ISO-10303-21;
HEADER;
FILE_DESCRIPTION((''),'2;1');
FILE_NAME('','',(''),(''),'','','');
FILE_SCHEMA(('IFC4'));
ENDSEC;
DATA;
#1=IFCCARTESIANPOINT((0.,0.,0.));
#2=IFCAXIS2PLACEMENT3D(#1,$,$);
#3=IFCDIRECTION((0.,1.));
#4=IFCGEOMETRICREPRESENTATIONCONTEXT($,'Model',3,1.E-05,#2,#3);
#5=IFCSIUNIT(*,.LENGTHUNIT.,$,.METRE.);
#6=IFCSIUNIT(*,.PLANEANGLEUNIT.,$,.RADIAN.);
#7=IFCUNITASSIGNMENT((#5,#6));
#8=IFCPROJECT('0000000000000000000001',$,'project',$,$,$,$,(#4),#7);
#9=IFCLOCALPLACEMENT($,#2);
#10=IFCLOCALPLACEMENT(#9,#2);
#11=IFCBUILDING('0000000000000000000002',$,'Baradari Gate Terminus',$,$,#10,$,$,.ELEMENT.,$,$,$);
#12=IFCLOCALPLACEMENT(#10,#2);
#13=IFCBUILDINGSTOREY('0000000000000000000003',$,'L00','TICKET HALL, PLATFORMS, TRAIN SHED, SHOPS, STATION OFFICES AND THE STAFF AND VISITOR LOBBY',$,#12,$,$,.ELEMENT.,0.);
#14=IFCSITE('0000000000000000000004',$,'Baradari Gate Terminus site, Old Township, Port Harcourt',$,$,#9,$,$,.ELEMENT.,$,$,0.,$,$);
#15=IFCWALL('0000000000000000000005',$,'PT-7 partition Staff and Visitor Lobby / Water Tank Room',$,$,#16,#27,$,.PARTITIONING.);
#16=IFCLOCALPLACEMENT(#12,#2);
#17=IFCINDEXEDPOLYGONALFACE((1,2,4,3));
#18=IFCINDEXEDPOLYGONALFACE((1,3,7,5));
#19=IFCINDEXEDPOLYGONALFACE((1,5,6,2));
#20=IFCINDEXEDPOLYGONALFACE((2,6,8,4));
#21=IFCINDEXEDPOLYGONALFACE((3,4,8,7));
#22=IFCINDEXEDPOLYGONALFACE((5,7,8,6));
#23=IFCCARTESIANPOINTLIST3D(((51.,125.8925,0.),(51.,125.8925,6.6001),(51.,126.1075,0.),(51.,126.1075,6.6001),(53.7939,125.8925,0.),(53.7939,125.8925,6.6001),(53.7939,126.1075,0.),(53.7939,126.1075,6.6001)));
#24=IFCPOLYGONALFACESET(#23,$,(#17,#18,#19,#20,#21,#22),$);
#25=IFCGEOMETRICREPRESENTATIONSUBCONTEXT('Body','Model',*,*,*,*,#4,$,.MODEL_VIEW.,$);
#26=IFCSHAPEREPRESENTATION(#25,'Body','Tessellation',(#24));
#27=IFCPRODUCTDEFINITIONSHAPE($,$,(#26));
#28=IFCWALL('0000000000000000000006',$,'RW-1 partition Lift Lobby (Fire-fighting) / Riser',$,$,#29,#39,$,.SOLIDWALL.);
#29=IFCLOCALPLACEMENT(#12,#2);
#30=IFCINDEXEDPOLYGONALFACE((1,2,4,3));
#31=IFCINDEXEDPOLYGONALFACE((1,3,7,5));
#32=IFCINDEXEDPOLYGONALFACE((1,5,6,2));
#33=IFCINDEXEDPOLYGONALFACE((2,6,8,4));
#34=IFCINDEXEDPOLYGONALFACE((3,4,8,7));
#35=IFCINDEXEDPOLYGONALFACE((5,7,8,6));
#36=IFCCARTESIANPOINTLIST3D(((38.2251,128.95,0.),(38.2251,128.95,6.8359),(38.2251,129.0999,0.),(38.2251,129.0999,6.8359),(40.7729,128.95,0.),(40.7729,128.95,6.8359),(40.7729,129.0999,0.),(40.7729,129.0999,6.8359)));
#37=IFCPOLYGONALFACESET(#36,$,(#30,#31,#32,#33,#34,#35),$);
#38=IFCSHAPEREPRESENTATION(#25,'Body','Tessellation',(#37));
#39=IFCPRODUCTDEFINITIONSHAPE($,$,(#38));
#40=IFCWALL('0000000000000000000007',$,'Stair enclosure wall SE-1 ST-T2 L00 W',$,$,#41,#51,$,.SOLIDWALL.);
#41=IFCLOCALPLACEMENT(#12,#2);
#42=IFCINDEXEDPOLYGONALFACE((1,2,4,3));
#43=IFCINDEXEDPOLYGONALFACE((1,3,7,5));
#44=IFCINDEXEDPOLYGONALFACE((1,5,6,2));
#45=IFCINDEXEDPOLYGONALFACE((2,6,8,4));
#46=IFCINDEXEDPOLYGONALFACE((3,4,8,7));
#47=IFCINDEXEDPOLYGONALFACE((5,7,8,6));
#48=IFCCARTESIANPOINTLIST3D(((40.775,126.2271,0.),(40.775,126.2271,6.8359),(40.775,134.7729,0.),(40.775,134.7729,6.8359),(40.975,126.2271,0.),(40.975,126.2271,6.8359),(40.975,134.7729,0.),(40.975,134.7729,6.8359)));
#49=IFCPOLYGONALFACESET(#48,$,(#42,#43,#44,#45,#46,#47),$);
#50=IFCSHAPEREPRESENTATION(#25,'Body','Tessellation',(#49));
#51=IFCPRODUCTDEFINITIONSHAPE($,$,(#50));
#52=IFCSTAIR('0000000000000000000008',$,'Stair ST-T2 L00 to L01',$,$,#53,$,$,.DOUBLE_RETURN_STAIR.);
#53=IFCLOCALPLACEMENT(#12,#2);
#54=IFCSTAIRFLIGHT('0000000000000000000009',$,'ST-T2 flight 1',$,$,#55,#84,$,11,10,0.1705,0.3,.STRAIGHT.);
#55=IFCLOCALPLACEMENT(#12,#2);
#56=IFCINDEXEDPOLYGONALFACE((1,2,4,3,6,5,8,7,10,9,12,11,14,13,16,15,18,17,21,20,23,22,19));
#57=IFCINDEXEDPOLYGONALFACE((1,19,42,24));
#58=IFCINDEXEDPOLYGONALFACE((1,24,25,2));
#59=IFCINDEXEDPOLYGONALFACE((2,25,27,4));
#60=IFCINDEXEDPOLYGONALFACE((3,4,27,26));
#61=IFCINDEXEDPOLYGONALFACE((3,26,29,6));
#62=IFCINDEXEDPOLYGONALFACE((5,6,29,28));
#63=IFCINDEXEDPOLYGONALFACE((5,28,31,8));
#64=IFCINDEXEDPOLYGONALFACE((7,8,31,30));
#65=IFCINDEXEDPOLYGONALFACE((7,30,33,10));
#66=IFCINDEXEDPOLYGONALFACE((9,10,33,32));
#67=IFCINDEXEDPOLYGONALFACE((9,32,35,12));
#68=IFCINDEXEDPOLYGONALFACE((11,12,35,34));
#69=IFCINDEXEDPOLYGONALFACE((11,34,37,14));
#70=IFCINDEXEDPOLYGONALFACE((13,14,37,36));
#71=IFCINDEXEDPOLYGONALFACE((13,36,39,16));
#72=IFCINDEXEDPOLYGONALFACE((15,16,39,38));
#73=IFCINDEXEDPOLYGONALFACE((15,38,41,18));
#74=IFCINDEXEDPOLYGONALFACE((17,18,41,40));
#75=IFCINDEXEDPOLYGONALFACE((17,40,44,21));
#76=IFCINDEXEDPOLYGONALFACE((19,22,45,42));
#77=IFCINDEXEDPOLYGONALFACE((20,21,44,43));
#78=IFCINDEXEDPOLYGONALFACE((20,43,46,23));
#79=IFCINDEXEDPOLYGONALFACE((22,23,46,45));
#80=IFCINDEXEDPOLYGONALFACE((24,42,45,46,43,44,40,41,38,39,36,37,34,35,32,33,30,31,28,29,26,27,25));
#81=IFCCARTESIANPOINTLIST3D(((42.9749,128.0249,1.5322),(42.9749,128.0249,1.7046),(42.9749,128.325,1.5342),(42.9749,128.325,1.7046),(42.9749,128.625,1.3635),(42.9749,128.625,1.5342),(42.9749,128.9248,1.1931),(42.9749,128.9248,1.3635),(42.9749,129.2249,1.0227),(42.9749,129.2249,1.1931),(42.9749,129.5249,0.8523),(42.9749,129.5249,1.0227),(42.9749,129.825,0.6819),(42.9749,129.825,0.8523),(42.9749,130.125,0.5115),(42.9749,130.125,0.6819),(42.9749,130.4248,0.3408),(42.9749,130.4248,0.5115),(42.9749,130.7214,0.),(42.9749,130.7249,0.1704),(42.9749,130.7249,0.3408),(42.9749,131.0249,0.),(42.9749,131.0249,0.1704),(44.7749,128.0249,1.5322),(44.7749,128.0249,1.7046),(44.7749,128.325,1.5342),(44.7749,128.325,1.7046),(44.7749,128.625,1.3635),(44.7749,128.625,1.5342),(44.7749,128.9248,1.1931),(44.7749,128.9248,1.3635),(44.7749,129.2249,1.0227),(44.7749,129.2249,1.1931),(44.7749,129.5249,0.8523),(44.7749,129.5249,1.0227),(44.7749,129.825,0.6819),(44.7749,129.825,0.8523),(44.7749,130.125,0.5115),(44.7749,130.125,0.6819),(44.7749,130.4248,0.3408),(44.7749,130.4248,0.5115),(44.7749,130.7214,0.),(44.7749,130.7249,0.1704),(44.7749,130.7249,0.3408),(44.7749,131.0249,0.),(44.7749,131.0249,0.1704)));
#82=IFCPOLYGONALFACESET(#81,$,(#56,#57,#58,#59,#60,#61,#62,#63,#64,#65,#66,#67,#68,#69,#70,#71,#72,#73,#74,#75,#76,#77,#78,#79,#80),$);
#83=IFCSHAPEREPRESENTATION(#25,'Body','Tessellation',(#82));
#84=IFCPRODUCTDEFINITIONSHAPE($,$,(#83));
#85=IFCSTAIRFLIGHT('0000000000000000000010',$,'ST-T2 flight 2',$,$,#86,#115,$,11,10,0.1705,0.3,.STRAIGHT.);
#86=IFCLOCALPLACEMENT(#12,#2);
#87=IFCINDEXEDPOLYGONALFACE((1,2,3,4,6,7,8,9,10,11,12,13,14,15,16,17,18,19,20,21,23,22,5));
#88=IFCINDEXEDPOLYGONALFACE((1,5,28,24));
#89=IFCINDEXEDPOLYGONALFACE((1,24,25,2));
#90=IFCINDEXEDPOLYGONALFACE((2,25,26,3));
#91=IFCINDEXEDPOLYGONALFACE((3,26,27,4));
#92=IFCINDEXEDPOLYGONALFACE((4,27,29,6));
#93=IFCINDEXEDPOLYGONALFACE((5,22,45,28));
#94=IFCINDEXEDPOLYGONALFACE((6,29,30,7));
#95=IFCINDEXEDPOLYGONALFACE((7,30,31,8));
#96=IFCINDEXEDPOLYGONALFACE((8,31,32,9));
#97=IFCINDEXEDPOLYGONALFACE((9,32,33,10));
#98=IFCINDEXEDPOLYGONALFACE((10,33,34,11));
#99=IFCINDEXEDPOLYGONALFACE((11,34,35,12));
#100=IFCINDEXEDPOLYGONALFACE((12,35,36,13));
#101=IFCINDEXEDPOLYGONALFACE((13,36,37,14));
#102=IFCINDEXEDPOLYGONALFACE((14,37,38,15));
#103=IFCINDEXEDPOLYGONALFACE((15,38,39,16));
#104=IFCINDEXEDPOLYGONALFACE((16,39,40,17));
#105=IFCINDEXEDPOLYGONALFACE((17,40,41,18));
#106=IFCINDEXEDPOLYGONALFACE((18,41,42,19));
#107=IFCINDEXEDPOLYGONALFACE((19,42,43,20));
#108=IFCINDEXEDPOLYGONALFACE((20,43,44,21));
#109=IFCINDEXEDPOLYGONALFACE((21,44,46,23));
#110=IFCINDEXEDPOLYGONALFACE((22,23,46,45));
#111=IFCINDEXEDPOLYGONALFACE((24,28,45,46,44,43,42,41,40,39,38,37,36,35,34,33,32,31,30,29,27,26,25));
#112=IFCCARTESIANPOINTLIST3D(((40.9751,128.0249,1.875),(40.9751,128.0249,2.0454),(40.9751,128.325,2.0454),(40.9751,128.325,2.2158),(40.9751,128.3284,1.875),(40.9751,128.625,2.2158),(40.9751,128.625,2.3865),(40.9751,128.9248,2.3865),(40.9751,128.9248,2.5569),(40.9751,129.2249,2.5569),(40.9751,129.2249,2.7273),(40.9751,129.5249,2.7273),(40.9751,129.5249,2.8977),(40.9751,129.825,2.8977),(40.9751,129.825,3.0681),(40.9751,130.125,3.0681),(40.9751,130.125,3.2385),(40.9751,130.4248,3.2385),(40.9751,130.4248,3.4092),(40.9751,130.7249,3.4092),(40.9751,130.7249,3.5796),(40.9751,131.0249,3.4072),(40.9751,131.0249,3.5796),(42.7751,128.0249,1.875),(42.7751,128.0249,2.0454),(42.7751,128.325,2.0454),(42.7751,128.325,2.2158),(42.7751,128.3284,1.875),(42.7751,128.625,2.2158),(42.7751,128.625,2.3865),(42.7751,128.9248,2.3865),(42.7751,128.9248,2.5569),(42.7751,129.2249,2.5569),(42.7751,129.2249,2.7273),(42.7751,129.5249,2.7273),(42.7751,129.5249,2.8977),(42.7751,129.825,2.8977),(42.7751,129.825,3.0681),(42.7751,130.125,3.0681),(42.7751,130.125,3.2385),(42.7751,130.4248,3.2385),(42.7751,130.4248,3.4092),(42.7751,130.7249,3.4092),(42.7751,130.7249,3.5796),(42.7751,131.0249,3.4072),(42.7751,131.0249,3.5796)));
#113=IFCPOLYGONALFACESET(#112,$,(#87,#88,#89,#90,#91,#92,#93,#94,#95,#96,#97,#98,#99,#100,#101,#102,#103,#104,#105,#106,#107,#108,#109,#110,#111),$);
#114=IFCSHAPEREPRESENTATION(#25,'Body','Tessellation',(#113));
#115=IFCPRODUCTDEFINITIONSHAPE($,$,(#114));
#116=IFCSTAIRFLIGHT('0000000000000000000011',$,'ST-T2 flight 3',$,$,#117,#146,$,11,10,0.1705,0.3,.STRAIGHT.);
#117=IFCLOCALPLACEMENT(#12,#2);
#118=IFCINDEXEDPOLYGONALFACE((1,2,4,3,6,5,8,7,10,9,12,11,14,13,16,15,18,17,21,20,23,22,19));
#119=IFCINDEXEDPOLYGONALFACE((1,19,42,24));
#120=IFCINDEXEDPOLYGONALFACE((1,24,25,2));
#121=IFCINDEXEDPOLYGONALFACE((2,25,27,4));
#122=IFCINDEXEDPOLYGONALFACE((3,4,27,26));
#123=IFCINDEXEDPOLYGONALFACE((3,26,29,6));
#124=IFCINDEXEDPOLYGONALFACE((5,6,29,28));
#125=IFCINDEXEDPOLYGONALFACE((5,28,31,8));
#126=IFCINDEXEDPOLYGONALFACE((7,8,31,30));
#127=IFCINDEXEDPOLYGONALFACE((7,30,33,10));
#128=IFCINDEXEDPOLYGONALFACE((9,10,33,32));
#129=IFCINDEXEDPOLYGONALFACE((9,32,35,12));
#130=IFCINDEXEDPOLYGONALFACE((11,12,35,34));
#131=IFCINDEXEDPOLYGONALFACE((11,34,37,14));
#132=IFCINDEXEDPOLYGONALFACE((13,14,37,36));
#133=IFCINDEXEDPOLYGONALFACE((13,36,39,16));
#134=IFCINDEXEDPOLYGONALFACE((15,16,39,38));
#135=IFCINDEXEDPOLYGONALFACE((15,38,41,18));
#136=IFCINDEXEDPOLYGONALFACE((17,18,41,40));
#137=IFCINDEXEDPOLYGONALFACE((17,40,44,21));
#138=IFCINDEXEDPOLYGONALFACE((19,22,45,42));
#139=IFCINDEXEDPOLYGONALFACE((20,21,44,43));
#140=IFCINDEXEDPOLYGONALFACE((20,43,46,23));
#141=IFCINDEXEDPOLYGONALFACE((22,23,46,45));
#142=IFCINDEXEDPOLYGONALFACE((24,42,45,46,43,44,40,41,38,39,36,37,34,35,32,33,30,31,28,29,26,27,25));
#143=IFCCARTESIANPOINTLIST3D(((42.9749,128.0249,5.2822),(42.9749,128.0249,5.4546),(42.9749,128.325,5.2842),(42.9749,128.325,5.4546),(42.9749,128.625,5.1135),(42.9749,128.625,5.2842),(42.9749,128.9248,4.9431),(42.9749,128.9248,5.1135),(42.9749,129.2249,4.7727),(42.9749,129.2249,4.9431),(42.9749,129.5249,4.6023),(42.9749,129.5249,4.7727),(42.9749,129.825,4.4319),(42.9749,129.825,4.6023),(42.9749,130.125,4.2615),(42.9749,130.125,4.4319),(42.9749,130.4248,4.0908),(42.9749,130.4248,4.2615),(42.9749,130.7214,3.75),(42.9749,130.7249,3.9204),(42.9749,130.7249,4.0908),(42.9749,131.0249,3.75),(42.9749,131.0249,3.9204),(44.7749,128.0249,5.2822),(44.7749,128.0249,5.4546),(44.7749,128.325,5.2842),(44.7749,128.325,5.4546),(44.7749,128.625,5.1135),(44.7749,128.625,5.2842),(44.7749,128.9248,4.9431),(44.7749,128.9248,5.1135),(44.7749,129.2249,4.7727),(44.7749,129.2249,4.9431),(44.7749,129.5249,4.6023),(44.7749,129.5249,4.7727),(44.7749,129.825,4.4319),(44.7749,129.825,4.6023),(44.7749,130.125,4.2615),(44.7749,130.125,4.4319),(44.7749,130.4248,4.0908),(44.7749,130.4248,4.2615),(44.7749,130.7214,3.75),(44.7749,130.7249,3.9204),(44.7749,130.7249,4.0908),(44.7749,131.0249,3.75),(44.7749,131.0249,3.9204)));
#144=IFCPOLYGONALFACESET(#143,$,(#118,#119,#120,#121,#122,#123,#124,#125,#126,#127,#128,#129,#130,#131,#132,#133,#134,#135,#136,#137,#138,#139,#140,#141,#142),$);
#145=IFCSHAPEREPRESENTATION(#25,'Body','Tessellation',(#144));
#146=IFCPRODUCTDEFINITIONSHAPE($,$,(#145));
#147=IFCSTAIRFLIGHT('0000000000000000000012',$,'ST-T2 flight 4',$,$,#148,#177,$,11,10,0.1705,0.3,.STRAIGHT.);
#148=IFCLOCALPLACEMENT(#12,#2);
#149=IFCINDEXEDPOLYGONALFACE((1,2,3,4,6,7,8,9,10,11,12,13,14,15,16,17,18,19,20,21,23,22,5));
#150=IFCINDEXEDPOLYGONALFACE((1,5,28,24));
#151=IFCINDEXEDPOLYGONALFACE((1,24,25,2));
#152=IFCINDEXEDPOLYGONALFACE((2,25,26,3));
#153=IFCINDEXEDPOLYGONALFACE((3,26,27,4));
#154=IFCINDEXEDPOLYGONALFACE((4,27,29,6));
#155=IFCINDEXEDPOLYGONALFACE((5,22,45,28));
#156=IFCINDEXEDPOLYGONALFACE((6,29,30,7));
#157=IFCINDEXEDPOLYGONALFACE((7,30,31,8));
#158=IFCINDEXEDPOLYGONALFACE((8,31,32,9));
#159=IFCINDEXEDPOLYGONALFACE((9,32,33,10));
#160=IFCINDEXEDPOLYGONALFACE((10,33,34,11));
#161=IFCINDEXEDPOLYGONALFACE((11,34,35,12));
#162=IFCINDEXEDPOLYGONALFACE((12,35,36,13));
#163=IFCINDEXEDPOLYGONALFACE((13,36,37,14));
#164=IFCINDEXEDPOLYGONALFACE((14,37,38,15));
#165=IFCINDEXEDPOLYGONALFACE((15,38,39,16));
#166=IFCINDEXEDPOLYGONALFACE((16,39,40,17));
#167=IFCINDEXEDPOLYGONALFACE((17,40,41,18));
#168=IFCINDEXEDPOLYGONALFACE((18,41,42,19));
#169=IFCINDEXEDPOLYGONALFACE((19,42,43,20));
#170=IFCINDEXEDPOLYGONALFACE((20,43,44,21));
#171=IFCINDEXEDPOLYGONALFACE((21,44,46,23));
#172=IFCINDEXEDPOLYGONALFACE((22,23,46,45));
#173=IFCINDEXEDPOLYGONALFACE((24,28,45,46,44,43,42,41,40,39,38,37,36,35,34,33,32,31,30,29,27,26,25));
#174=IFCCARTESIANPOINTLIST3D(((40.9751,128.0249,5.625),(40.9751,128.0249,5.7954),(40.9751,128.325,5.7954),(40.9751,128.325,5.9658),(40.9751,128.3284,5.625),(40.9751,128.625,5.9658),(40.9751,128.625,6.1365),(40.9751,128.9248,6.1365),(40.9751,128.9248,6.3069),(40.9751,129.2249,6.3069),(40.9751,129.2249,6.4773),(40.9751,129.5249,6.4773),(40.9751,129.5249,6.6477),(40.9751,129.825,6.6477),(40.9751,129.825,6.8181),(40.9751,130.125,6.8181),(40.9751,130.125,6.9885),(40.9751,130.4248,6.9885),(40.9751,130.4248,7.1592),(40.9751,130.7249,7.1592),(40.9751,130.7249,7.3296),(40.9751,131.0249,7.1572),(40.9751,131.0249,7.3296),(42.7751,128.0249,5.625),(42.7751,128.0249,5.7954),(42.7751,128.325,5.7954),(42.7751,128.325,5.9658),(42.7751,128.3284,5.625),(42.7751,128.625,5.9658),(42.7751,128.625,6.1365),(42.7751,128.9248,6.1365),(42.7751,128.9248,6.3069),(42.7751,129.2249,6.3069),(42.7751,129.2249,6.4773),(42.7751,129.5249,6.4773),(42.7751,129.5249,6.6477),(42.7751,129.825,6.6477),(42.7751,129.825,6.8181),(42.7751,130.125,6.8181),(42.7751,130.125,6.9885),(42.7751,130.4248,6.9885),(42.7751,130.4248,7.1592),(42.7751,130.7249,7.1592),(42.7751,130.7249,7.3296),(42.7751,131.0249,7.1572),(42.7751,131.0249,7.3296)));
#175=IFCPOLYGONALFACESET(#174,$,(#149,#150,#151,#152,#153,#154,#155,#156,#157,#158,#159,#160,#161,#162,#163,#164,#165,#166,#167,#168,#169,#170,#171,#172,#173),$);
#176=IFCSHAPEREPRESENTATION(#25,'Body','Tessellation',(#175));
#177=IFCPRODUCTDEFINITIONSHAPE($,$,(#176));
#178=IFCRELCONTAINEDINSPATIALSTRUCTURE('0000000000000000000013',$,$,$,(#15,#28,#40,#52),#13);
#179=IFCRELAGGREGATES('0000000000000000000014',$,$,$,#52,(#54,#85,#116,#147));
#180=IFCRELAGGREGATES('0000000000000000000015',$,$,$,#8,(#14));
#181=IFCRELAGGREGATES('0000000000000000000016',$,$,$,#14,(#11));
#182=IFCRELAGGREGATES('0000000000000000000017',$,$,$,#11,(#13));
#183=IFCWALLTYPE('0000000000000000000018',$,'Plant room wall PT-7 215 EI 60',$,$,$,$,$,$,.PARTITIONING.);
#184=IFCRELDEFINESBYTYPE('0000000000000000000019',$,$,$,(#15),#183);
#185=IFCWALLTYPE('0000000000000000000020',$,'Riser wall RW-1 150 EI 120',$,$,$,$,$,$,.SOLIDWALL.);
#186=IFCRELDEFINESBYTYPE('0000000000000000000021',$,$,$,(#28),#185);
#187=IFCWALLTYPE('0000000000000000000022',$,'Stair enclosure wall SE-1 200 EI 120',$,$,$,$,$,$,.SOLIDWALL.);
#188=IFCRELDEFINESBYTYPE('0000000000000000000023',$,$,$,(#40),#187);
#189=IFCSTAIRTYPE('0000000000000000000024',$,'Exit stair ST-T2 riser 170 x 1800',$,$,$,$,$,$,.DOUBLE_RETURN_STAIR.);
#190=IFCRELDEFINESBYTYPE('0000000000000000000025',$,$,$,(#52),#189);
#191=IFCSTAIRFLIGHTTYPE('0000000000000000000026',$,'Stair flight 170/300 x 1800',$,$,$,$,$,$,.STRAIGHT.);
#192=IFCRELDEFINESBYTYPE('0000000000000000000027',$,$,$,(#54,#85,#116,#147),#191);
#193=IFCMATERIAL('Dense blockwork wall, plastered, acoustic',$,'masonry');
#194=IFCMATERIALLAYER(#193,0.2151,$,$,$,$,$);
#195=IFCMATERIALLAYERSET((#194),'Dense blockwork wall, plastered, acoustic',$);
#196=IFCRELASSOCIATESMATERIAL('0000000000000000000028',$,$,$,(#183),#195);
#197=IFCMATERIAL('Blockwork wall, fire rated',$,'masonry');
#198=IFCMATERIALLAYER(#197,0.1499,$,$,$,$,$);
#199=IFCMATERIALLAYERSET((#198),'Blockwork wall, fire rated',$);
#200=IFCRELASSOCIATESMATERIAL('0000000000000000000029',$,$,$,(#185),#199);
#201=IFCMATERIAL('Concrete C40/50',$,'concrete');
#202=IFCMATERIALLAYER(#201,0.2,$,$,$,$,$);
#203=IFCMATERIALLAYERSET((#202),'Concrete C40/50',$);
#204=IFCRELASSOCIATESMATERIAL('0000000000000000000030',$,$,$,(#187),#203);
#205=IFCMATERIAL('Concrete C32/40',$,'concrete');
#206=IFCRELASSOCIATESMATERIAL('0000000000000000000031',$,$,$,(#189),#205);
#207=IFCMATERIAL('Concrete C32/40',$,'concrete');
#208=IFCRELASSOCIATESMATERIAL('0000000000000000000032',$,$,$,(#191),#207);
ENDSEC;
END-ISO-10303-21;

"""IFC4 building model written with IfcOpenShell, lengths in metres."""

from ifc_helpers import new_model, si_unit, direction, frame, frame_2d, origin, place, context, subcontext, project, spatial, polyline, rectangle, outline, extrude, material, layer, layer_set, type_object, element, aggregate, save


model = new_model("IFC4")

# Units and contexts
model_context = context("Model", 3, precision=1e-05, world=origin(), true_north=direction((0.0, 1.0)))
body_context = subcontext(model_context, "Body", "Model", "MODEL_VIEW")
ifc_project = project(units=[si_unit("LENGTHUNIT", "METRE"), si_unit("PLANEANGLEUNIT", "RADIAN")], contexts=[model_context])

# Site, building, storey
site_placement = place(None, origin())
site = spatial("IfcSite", under=ifc_project, at=site_placement, Name="Baradari Gate Terminus site, Old Township, Port Harcourt", CompositionType="ELEMENT", RefElevation=0.0)
building_placement = place(site_placement, origin())
building = spatial("IfcBuilding", under=site, at=building_placement, Name="Baradari Gate Terminus", CompositionType="ELEMENT")
storey_placement = place(building_placement, origin())
storey = spatial("IfcBuildingStorey", under=building, at=storey_placement, Name="L00", Description="TICKET HALL, PLATFORMS, TRAIN SHED, SHOPS, STATION OFFICES AND THE STAFF AND VISITOR LOBBY", CompositionType="ELEMENT", Elevation=0.0)

# Walls
ifc_material_1 = material(Name="Dense blockwork wall, plastered, acoustic", Category="masonry")
ifc_layer_1 = layer(ifc_material_1, 0.2151)
ifc_layer_set_1 = layer_set([ifc_layer_1], Name="Dense blockwork wall, plastered, acoustic")
wall_type_1 = type_object("IfcWallType", Name="Plant room wall PT-7 215 EI 60", PredefinedType="PARTITIONING", material=ifc_layer_set_1)
wall_1_placement = place(storey_placement, frame((51.0, 126.0, 0.0), z_axis=(0.0, 0.0, 1.0), x_axis=(1.0, 0.0, 0.0)))
element("IfcWall", 1, at=wall_1_placement, inside=storey, type_object=wall_type_1, Name="PT-7 partition Staff and Visitor Lobby / Water Tank Room", PredefinedType="PARTITIONING", context=body_context, shape_type="SweptSolid", body=[
    extrude(rectangle(XDim=2.7939, YDim=0.2151, at=frame_2d((1.397, 0.0))), origin(), (0.0, 0.0, 1.0), 6.6001),
])
ifc_material_2 = material(Name="Blockwork wall, fire rated", Category="masonry")
ifc_layer_2 = layer(ifc_material_2, 0.1499)
ifc_layer_set_2 = layer_set([ifc_layer_2], Name="Blockwork wall, fire rated")
wall_type_2 = type_object("IfcWallType", Name="Riser wall RW-1 150 EI 120", PredefinedType="SOLIDWALL", material=ifc_layer_set_2)
wall_2_placement = place(storey_placement, frame((40.7729, 129.0249, 0.0), z_axis=(0.0, 0.0, 1.0), x_axis=(-1.0, 0.0, 0.0)))
element("IfcWall", 2, at=wall_2_placement, inside=storey, type_object=wall_type_2, Name="RW-1 partition Lift Lobby (Fire-fighting) / Riser", PredefinedType="SOLIDWALL", context=body_context, shape_type="SweptSolid", body=[
    extrude(rectangle(XDim=2.5479, YDim=0.1499, at=frame_2d((1.2739, 0.0))), origin(), (0.0, 0.0, 1.0), 6.8359),
])
ifc_material_3 = material(Name="Concrete C40/50", Category="concrete")
ifc_layer_3 = layer(ifc_material_3, 0.2)
ifc_layer_set_3 = layer_set([ifc_layer_3], Name="Concrete C40/50")
wall_type_3 = type_object("IfcWallType", Name="Stair enclosure wall SE-1 200 EI 120", PredefinedType="SOLIDWALL", material=ifc_layer_set_3)
wall_3_placement = place(storey_placement, frame((40.875, 126.2271, 0.0), z_axis=(0.0, 0.0, 1.0), x_axis=(0.0, 1.0, 0.0)))
element("IfcWall", 3, at=wall_3_placement, inside=storey, type_object=wall_type_3, Name="Stair enclosure wall SE-1 ST-T2 L00 W", PredefinedType="SOLIDWALL", context=body_context, shape_type="SweptSolid", body=[
    extrude(rectangle(XDim=8.5459, YDim=0.2, at=frame_2d((4.2729, 0.0))), origin(), (0.0, 0.0, 1.0), 6.8359),
])

# Stair, stair flights
ifc_material_4 = material(Name="Concrete C32/40", Category="concrete")
stair_type = type_object("IfcStairType", Name="Exit stair ST-T2 riser 170 x 1800", PredefinedType="DOUBLE_RETURN_STAIR", material=ifc_material_4)
stair_placement = place(storey_placement, origin())
stair = element("IfcStair", 4, at=stair_placement, inside=storey, type_object=stair_type, Name="Stair ST-T2 L00 to L01", PredefinedType="DOUBLE_RETURN_STAIR")
ifc_material_5 = material(Name="Concrete C32/40", Category="concrete")
stair_flight_type = type_object("IfcStairFlightType", Name="Stair flight 170/300 x 1800", PredefinedType="STRAIGHT", material=ifc_material_5)
stair_flight_1_placement = place(storey_placement, frame((43.875, 131.0249, 0.0), z_axis=(0.0, 0.0, 1.0), x_axis=(0.0, -1.0, 0.0)))
stair_flight_1 = element("IfcStairFlight", 5, at=stair_flight_1_placement, type_object=stair_flight_type, Name="ST-T2 flight 1", NumberOfRisers=11, NumberOfTreads=10, PredefinedType="STRAIGHT", RiserHeight=0.1705, TreadLength=0.3, context=body_context, shape_type="SweptSolid", body=[
    extrude(outline(polyline([(0.0, 0.0), (0.0, 0.1704), (0.3, 0.1704), (0.3, 0.3408), (0.6001, 0.3408), (0.6001, 0.5115), (0.8999, 0.5115), (0.8999, 0.6819), (1.2, 0.6819), (1.2, 0.8523), (1.5, 0.8523), (1.5, 1.0227), (1.8, 1.0227), (1.8, 1.1931), (2.1001, 1.1931), (2.1001, 1.3635), (2.3999, 1.3635), (2.3999, 1.5342), (2.7, 1.5342), (2.7, 1.7046), (3.0, 1.7046), (3.0, 1.875), (3.0, 1.5322), (0.3035, 0.0), (0.0, 0.0)])), frame((0.0, 0.8999, 0.0), z_axis=(0.0, -1.0, 0.0), x_axis=(1.0, 0.0, 0.0)), (0.0, 0.0, 1.0), 1.8),
])
stair_flight_2_placement = place(storey_placement, frame((41.875, 128.0249, 1.875), z_axis=(0.0, 0.0, 1.0), x_axis=(0.0, 1.0, 0.0)))
stair_flight_2 = element("IfcStairFlight", 6, at=stair_flight_2_placement, type_object=stair_flight_type, Name="ST-T2 flight 2", NumberOfRisers=11, NumberOfTreads=10, PredefinedType="STRAIGHT", RiserHeight=0.1705, TreadLength=0.3, context=body_context, shape_type="SweptSolid", body=[
    extrude(outline(polyline([(0.0, 0.0), (0.0, 0.1704), (0.3, 0.1704), (0.3, 0.3408), (0.6001, 0.3408), (0.6001, 0.5115), (0.8999, 0.5115), (0.8999, 0.6819), (1.2, 0.6819), (1.2, 0.8523), (1.5, 0.8523), (1.5, 1.0227), (1.8, 1.0227), (1.8, 1.1931), (2.1001, 1.1931), (2.1001, 1.3635), (2.3999, 1.3635), (2.3999, 1.5342), (2.7, 1.5342), (2.7, 1.7046), (3.0, 1.7046), (3.0, 1.875), (3.0, 1.5322), (0.3035, 0.0), (0.0, 0.0)])), frame((0.0, 0.8999, 0.0), z_axis=(0.0, -1.0, 0.0), x_axis=(1.0, 0.0, 0.0)), (0.0, 0.0, 1.0), 1.8),
])
stair_flight_3_placement = place(storey_placement, frame((43.875, 131.0249, 3.75), z_axis=(0.0, 0.0, 1.0), x_axis=(0.0, -1.0, 0.0)))
stair_flight_3 = element("IfcStairFlight", 7, at=stair_flight_3_placement, type_object=stair_flight_type, Name="ST-T2 flight 3", NumberOfRisers=11, NumberOfTreads=10, PredefinedType="STRAIGHT", RiserHeight=0.1705, TreadLength=0.3, context=body_context, shape_type="SweptSolid", body=[
    extrude(outline(polyline([(0.0, 0.0), (0.0, 0.1704), (0.3, 0.1704), (0.3, 0.3408), (0.6001, 0.3408), (0.6001, 0.5115), (0.8999, 0.5115), (0.8999, 0.6819), (1.2, 0.6819), (1.2, 0.8523), (1.5, 0.8523), (1.5, 1.0227), (1.8, 1.0227), (1.8, 1.1931), (2.1001, 1.1931), (2.1001, 1.3635), (2.3999, 1.3635), (2.3999, 1.5342), (2.7, 1.5342), (2.7, 1.7046), (3.0, 1.7046), (3.0, 1.875), (3.0, 1.5322), (0.3035, 0.0), (0.0, 0.0)])), frame((0.0, 0.8999, 0.0), z_axis=(0.0, -1.0, 0.0), x_axis=(1.0, 0.0, 0.0)), (0.0, 0.0, 1.0), 1.8),
])
stair_flight_4_placement = place(storey_placement, frame((41.875, 128.0249, 5.625), z_axis=(0.0, 0.0, 1.0), x_axis=(0.0, 1.0, 0.0)))
stair_flight_4 = element("IfcStairFlight", 8, at=stair_flight_4_placement, type_object=stair_flight_type, Name="ST-T2 flight 4", NumberOfRisers=11, NumberOfTreads=10, PredefinedType="STRAIGHT", RiserHeight=0.1705, TreadLength=0.3, context=body_context, shape_type="SweptSolid", body=[
    extrude(outline(polyline([(0.0, 0.0), (0.0, 0.1704), (0.3, 0.1704), (0.3, 0.3408), (0.6001, 0.3408), (0.6001, 0.5115), (0.8999, 0.5115), (0.8999, 0.6819), (1.2, 0.6819), (1.2, 0.8523), (1.5, 0.8523), (1.5, 1.0227), (1.8, 1.0227), (1.8, 1.1931), (2.1001, 1.1931), (2.1001, 1.3635), (2.3999, 1.3635), (2.3999, 1.5342), (2.7, 1.5342), (2.7, 1.7046), (3.0, 1.7046), (3.0, 1.875), (3.0, 1.5322), (0.3035, 0.0), (0.0, 0.0)])), frame((0.0, 0.8999, 0.0), z_axis=(0.0, -1.0, 0.0), x_axis=(1.0, 0.0, 0.0)), (0.0, 0.0, 1.0), 1.8),
])
aggregate(stair, [stair_flight_1, stair_flight_2, stair_flight_3, stair_flight_4])

save(model, "model.ifc")
